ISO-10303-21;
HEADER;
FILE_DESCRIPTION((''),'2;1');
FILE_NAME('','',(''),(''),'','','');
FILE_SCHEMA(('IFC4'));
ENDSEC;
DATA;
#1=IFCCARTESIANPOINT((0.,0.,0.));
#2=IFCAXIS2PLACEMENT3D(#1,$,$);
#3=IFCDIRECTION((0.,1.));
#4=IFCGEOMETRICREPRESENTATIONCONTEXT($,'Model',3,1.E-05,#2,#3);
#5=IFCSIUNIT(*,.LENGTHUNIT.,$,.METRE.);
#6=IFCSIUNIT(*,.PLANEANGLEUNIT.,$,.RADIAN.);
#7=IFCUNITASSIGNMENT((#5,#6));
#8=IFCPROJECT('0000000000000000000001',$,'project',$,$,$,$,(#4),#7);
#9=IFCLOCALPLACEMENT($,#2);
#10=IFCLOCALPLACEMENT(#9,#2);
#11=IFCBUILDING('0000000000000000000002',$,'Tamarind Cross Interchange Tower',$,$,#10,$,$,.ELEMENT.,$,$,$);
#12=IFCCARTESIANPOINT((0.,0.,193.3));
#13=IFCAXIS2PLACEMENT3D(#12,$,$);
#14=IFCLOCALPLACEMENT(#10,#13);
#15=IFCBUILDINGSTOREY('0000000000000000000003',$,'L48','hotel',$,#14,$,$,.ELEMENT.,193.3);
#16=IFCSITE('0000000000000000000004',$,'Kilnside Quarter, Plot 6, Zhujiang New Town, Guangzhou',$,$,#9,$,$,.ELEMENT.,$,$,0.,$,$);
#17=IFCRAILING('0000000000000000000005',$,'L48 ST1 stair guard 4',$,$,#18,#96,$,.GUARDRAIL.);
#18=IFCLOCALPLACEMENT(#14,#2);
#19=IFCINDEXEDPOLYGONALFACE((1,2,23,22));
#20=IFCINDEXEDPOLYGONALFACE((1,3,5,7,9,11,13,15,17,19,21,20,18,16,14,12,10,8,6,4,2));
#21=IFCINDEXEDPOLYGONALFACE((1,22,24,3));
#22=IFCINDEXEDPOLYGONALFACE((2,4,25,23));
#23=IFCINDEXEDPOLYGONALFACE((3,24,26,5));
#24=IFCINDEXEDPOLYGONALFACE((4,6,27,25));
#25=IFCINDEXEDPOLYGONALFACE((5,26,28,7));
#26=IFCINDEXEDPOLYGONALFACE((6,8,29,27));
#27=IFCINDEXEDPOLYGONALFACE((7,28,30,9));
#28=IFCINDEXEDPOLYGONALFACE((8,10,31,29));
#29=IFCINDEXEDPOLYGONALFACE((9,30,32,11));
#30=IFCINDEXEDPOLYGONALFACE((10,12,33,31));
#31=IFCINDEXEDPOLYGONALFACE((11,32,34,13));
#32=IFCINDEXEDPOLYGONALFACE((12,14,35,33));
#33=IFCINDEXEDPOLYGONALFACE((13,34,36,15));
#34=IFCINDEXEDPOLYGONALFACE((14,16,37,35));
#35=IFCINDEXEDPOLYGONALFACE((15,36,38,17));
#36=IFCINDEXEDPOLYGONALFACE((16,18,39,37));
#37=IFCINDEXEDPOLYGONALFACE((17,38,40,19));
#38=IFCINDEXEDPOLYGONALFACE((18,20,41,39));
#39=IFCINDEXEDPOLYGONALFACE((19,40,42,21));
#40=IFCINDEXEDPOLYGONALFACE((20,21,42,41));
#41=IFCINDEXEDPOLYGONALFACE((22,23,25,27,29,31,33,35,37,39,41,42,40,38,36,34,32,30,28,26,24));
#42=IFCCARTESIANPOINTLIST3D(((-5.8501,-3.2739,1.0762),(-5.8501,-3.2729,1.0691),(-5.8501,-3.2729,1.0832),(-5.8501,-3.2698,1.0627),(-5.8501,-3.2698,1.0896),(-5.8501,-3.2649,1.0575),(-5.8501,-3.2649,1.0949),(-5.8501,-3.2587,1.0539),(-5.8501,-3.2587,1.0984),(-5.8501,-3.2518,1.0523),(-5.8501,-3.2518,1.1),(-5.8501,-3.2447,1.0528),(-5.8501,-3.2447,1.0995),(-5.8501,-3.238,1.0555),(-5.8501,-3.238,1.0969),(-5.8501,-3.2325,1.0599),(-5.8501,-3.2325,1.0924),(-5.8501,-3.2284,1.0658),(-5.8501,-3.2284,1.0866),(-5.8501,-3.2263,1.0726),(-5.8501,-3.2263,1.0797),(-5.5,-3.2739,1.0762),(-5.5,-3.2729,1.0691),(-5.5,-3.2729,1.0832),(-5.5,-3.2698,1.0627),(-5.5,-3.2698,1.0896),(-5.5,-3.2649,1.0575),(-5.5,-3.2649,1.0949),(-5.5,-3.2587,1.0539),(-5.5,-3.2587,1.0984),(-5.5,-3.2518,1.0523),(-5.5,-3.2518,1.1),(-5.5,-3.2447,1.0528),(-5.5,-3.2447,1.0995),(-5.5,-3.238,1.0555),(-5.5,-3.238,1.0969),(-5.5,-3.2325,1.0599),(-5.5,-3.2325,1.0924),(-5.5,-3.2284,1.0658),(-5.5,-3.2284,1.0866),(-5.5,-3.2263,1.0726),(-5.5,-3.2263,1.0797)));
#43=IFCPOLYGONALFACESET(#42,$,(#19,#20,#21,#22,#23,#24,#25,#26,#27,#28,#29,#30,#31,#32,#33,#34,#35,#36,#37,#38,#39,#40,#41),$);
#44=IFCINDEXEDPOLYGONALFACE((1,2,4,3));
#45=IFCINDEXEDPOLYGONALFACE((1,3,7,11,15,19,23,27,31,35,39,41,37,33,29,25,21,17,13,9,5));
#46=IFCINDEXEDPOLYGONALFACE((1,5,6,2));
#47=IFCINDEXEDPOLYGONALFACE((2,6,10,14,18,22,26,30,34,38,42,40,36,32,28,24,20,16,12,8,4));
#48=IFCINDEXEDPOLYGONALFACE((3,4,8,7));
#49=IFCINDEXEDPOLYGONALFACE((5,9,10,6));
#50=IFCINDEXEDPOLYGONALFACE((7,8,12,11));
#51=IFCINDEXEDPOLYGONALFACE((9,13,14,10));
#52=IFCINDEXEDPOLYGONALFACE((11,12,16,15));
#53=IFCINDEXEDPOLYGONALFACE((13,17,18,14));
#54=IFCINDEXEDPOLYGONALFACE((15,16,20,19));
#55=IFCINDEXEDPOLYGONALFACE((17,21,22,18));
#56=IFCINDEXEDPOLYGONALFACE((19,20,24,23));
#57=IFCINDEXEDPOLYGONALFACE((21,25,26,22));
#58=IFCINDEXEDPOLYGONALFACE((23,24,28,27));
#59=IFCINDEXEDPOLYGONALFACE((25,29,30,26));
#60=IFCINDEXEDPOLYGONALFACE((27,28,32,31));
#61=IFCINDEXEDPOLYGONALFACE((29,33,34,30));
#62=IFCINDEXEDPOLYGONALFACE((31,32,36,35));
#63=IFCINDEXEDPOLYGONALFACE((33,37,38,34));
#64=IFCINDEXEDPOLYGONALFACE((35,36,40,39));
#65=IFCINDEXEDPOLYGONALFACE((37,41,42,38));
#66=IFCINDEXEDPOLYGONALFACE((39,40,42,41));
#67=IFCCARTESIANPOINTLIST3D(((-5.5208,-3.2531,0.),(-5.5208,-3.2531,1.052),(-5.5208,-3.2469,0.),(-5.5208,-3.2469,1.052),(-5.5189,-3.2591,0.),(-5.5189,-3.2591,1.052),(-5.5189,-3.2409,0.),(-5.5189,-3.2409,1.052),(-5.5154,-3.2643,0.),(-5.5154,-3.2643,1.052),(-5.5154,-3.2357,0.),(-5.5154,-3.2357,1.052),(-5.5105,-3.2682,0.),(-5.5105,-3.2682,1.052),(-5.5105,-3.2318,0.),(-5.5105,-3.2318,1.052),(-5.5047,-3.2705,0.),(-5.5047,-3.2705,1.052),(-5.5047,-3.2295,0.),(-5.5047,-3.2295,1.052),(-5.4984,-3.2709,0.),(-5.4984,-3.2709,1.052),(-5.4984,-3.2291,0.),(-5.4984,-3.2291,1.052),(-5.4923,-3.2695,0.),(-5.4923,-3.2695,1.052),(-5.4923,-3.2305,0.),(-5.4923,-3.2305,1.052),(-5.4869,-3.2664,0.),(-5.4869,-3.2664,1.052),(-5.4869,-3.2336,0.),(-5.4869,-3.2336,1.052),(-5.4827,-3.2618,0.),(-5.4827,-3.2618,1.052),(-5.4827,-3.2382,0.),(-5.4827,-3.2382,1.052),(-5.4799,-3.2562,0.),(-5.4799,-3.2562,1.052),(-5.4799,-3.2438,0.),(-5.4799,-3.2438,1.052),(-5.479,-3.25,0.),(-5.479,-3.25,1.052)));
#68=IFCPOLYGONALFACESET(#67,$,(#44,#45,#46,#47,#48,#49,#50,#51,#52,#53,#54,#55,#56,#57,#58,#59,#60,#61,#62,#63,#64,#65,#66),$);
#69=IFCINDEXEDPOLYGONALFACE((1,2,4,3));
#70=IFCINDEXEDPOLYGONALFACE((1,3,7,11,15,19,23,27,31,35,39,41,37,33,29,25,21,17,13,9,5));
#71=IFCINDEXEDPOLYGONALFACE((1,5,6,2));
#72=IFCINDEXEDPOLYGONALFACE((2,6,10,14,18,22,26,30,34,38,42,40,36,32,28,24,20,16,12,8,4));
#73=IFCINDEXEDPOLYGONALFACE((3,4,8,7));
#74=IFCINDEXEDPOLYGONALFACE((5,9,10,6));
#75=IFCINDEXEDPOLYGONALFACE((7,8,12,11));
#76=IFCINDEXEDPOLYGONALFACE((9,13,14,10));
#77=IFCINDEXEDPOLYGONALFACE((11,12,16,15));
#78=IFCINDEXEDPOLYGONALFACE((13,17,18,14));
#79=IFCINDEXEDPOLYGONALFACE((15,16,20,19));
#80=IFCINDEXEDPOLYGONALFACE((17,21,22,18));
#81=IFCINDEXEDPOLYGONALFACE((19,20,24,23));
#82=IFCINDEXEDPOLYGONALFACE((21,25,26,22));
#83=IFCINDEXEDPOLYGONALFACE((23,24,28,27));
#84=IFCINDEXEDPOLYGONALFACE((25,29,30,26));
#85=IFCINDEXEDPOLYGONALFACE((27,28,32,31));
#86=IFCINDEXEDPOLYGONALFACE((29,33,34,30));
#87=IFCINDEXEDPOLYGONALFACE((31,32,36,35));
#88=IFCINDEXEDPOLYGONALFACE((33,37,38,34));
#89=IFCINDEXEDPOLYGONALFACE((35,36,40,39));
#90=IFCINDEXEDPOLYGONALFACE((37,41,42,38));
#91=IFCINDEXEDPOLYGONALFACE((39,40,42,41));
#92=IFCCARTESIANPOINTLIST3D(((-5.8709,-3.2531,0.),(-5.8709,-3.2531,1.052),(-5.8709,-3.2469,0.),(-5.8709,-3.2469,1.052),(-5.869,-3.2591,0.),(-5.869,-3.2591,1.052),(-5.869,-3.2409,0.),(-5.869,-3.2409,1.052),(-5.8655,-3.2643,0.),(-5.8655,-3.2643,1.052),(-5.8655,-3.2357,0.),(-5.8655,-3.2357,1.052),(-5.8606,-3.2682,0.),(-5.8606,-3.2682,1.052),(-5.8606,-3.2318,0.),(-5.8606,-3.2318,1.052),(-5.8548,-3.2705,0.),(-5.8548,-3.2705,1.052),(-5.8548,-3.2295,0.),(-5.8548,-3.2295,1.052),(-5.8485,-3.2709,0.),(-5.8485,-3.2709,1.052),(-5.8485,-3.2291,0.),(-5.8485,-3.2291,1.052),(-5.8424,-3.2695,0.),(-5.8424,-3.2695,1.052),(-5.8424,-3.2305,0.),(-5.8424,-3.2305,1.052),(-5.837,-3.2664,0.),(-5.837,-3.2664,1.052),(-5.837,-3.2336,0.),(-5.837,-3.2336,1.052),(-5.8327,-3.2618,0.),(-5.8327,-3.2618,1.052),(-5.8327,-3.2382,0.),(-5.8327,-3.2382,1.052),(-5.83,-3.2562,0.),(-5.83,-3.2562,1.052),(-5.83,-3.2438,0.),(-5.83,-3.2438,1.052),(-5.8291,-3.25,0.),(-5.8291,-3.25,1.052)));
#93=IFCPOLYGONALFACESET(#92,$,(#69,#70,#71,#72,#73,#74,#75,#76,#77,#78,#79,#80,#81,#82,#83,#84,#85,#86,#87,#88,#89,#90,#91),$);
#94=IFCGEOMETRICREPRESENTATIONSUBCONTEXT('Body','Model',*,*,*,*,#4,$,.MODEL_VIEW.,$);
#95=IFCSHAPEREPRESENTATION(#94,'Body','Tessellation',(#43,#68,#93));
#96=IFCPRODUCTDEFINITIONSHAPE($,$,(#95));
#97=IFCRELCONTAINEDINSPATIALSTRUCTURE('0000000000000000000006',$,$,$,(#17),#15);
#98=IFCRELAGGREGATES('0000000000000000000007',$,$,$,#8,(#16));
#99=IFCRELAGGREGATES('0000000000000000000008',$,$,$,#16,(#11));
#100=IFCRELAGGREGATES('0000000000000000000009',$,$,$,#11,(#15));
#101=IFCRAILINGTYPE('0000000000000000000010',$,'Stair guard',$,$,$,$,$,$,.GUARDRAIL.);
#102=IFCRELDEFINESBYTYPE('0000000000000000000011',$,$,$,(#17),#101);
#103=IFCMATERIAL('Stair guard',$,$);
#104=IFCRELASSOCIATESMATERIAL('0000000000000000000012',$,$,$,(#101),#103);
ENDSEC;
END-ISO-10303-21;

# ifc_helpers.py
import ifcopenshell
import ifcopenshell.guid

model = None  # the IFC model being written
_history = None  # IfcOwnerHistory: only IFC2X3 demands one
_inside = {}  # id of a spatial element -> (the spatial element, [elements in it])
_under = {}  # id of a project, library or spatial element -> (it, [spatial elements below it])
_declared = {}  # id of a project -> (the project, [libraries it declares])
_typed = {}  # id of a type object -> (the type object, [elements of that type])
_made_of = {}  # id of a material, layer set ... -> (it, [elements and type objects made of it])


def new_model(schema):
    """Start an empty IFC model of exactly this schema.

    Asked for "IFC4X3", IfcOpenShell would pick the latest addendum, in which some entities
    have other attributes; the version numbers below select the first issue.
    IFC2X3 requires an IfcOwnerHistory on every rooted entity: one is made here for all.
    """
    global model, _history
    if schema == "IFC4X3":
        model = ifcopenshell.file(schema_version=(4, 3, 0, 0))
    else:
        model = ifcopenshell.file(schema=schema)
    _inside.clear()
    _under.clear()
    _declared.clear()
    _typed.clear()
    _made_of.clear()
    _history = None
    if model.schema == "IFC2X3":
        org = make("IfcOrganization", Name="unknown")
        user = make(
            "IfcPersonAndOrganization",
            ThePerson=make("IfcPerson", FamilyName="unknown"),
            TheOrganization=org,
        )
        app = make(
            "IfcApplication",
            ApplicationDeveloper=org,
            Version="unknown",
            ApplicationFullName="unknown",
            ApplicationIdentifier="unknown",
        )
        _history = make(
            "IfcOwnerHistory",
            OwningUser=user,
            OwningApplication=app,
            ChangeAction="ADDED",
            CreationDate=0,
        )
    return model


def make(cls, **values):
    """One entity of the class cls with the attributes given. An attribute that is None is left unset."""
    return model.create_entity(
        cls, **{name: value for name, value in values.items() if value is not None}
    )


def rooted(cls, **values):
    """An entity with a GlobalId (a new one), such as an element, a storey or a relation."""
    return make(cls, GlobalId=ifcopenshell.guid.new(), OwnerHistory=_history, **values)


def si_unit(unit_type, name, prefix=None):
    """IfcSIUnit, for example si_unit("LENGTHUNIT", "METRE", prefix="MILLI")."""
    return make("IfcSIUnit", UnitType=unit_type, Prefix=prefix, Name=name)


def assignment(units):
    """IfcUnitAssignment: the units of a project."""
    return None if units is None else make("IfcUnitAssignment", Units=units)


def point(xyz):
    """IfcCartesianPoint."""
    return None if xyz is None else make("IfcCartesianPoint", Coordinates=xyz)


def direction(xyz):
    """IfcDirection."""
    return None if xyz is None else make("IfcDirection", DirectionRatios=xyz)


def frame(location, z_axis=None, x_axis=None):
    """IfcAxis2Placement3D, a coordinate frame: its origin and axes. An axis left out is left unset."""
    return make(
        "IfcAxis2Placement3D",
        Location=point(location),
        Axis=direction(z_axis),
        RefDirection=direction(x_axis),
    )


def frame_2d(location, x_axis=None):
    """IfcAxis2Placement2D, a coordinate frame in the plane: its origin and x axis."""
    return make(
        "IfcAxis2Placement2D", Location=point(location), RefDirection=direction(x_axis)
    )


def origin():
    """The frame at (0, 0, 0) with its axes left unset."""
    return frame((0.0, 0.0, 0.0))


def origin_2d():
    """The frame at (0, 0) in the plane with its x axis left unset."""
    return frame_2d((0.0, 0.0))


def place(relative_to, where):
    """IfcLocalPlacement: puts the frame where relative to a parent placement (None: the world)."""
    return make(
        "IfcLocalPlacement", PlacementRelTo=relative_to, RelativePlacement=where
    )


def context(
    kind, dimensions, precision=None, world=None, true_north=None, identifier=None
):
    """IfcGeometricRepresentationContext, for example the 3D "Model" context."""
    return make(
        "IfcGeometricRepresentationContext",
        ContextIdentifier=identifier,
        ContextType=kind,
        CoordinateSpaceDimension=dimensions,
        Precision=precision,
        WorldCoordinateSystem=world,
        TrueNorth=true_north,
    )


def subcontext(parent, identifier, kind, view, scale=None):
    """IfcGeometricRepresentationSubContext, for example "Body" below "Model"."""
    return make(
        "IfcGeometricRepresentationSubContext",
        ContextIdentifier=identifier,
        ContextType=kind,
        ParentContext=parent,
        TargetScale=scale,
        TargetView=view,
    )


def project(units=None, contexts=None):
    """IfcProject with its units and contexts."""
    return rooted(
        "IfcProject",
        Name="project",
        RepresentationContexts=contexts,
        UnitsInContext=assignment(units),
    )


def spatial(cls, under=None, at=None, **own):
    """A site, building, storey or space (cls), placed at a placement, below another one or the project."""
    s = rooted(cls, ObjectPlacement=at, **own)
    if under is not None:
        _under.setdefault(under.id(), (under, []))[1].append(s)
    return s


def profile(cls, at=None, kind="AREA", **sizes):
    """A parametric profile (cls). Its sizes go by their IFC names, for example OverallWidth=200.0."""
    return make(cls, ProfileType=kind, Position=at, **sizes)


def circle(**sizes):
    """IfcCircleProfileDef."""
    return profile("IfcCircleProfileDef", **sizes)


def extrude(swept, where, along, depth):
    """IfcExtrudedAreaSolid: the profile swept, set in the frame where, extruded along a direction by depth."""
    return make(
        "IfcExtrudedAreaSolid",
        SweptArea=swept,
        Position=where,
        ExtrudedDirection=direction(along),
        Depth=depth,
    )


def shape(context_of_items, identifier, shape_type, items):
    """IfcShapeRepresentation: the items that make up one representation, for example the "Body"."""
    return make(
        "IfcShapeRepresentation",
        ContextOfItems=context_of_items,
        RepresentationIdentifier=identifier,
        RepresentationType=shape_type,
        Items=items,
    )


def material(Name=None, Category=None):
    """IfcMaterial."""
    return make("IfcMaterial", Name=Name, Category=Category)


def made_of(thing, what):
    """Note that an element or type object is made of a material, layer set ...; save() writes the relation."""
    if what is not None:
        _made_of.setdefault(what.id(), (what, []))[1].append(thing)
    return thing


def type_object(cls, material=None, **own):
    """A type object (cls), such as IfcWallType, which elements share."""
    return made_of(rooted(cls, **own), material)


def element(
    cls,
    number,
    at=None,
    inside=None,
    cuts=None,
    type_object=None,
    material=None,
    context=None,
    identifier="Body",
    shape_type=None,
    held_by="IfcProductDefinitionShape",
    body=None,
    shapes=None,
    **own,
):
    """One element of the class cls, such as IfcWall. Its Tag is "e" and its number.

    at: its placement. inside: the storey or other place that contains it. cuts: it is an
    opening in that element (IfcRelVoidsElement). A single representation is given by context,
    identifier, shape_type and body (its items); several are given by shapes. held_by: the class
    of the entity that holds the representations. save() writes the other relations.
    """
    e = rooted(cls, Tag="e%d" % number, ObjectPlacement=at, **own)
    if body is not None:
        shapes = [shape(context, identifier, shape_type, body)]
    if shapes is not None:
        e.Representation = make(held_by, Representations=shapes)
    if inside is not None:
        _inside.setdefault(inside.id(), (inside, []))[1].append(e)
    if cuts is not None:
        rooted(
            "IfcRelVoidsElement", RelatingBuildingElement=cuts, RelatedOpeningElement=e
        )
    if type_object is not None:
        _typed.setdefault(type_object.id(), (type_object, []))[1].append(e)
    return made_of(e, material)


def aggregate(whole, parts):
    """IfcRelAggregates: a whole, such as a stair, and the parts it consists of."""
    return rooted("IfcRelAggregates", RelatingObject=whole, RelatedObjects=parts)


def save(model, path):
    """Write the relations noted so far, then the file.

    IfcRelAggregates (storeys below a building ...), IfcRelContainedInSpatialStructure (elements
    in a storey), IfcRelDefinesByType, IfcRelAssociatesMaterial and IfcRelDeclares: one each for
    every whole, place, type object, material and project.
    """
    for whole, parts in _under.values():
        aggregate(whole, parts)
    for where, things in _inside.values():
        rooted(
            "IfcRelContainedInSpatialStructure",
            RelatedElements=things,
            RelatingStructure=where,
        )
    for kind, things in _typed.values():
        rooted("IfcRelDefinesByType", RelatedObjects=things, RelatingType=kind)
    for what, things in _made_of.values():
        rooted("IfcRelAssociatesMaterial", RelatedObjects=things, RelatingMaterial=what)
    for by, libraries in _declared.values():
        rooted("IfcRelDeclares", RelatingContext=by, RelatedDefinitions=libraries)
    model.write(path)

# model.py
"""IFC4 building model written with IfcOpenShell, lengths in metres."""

from ifc_helpers import new_model, si_unit, direction, frame, origin, origin_2d, place, context, subcontext, project, spatial, circle, extrude, material, type_object, element, save


model = new_model("IFC4")

# Units and contexts
model_context = context("Model", 3, precision=1e-05, world=origin(), true_north=direction((0.0, 1.0)))
body_context = subcontext(model_context, "Body", "Model", "MODEL_VIEW")
ifc_project = project(units=[si_unit("LENGTHUNIT", "METRE"), si_unit("PLANEANGLEUNIT", "RADIAN")], contexts=[model_context])

# Site, building, storey
site_placement = place(None, origin())
site = spatial("IfcSite", under=ifc_project, at=site_placement, Name="Kilnside Quarter, Plot 6, Zhujiang New Town, Guangzhou", CompositionType="ELEMENT", RefElevation=0.0)
building_placement = place(site_placement, origin())
building = spatial("IfcBuilding", under=site, at=building_placement, Name="Tamarind Cross Interchange Tower", CompositionType="ELEMENT")
storey_placement = place(building_placement, frame((0.0, 0.0, 193.3)))
storey = spatial("IfcBuildingStorey", under=building, at=storey_placement, Name="L48", Description="hotel", CompositionType="ELEMENT", Elevation=193.3)

# Railing
ifc_material_1 = material(Name="Stair guard")
railing_type_1 = type_object("IfcRailingType", Name="Stair guard", PredefinedType="GUARDRAIL", material=ifc_material_1)
railing_1_placement = place(storey_placement, frame((-5.5, -3.25, 0.0)))
element("IfcRailing", 1, at=railing_1_placement, inside=storey, type_object=railing_type_1, Name="L48 ST1 stair guard 4", PredefinedType="GUARDRAIL", context=body_context, shape_type="SweptSolid", body=[
    extrude(circle(Radius=0.0239, at=origin_2d()), frame((0.0, 0.0, 1.0762), z_axis=(-1.0, 0.0, 0.0), x_axis=(0.0, -1.0, 0.0)), (0.0, 0.0, 1.0), 0.3501),
    extrude(circle(Radius=0.021, at=origin_2d()), origin(), (0.0, 0.0, 1.0), 1.052),
    extrude(circle(Radius=0.021, at=origin_2d()), frame((-0.3501, 0.0, 0.0)), (0.0, 0.0, 1.0), 1.052),
])

save(model, "model.ifc")
